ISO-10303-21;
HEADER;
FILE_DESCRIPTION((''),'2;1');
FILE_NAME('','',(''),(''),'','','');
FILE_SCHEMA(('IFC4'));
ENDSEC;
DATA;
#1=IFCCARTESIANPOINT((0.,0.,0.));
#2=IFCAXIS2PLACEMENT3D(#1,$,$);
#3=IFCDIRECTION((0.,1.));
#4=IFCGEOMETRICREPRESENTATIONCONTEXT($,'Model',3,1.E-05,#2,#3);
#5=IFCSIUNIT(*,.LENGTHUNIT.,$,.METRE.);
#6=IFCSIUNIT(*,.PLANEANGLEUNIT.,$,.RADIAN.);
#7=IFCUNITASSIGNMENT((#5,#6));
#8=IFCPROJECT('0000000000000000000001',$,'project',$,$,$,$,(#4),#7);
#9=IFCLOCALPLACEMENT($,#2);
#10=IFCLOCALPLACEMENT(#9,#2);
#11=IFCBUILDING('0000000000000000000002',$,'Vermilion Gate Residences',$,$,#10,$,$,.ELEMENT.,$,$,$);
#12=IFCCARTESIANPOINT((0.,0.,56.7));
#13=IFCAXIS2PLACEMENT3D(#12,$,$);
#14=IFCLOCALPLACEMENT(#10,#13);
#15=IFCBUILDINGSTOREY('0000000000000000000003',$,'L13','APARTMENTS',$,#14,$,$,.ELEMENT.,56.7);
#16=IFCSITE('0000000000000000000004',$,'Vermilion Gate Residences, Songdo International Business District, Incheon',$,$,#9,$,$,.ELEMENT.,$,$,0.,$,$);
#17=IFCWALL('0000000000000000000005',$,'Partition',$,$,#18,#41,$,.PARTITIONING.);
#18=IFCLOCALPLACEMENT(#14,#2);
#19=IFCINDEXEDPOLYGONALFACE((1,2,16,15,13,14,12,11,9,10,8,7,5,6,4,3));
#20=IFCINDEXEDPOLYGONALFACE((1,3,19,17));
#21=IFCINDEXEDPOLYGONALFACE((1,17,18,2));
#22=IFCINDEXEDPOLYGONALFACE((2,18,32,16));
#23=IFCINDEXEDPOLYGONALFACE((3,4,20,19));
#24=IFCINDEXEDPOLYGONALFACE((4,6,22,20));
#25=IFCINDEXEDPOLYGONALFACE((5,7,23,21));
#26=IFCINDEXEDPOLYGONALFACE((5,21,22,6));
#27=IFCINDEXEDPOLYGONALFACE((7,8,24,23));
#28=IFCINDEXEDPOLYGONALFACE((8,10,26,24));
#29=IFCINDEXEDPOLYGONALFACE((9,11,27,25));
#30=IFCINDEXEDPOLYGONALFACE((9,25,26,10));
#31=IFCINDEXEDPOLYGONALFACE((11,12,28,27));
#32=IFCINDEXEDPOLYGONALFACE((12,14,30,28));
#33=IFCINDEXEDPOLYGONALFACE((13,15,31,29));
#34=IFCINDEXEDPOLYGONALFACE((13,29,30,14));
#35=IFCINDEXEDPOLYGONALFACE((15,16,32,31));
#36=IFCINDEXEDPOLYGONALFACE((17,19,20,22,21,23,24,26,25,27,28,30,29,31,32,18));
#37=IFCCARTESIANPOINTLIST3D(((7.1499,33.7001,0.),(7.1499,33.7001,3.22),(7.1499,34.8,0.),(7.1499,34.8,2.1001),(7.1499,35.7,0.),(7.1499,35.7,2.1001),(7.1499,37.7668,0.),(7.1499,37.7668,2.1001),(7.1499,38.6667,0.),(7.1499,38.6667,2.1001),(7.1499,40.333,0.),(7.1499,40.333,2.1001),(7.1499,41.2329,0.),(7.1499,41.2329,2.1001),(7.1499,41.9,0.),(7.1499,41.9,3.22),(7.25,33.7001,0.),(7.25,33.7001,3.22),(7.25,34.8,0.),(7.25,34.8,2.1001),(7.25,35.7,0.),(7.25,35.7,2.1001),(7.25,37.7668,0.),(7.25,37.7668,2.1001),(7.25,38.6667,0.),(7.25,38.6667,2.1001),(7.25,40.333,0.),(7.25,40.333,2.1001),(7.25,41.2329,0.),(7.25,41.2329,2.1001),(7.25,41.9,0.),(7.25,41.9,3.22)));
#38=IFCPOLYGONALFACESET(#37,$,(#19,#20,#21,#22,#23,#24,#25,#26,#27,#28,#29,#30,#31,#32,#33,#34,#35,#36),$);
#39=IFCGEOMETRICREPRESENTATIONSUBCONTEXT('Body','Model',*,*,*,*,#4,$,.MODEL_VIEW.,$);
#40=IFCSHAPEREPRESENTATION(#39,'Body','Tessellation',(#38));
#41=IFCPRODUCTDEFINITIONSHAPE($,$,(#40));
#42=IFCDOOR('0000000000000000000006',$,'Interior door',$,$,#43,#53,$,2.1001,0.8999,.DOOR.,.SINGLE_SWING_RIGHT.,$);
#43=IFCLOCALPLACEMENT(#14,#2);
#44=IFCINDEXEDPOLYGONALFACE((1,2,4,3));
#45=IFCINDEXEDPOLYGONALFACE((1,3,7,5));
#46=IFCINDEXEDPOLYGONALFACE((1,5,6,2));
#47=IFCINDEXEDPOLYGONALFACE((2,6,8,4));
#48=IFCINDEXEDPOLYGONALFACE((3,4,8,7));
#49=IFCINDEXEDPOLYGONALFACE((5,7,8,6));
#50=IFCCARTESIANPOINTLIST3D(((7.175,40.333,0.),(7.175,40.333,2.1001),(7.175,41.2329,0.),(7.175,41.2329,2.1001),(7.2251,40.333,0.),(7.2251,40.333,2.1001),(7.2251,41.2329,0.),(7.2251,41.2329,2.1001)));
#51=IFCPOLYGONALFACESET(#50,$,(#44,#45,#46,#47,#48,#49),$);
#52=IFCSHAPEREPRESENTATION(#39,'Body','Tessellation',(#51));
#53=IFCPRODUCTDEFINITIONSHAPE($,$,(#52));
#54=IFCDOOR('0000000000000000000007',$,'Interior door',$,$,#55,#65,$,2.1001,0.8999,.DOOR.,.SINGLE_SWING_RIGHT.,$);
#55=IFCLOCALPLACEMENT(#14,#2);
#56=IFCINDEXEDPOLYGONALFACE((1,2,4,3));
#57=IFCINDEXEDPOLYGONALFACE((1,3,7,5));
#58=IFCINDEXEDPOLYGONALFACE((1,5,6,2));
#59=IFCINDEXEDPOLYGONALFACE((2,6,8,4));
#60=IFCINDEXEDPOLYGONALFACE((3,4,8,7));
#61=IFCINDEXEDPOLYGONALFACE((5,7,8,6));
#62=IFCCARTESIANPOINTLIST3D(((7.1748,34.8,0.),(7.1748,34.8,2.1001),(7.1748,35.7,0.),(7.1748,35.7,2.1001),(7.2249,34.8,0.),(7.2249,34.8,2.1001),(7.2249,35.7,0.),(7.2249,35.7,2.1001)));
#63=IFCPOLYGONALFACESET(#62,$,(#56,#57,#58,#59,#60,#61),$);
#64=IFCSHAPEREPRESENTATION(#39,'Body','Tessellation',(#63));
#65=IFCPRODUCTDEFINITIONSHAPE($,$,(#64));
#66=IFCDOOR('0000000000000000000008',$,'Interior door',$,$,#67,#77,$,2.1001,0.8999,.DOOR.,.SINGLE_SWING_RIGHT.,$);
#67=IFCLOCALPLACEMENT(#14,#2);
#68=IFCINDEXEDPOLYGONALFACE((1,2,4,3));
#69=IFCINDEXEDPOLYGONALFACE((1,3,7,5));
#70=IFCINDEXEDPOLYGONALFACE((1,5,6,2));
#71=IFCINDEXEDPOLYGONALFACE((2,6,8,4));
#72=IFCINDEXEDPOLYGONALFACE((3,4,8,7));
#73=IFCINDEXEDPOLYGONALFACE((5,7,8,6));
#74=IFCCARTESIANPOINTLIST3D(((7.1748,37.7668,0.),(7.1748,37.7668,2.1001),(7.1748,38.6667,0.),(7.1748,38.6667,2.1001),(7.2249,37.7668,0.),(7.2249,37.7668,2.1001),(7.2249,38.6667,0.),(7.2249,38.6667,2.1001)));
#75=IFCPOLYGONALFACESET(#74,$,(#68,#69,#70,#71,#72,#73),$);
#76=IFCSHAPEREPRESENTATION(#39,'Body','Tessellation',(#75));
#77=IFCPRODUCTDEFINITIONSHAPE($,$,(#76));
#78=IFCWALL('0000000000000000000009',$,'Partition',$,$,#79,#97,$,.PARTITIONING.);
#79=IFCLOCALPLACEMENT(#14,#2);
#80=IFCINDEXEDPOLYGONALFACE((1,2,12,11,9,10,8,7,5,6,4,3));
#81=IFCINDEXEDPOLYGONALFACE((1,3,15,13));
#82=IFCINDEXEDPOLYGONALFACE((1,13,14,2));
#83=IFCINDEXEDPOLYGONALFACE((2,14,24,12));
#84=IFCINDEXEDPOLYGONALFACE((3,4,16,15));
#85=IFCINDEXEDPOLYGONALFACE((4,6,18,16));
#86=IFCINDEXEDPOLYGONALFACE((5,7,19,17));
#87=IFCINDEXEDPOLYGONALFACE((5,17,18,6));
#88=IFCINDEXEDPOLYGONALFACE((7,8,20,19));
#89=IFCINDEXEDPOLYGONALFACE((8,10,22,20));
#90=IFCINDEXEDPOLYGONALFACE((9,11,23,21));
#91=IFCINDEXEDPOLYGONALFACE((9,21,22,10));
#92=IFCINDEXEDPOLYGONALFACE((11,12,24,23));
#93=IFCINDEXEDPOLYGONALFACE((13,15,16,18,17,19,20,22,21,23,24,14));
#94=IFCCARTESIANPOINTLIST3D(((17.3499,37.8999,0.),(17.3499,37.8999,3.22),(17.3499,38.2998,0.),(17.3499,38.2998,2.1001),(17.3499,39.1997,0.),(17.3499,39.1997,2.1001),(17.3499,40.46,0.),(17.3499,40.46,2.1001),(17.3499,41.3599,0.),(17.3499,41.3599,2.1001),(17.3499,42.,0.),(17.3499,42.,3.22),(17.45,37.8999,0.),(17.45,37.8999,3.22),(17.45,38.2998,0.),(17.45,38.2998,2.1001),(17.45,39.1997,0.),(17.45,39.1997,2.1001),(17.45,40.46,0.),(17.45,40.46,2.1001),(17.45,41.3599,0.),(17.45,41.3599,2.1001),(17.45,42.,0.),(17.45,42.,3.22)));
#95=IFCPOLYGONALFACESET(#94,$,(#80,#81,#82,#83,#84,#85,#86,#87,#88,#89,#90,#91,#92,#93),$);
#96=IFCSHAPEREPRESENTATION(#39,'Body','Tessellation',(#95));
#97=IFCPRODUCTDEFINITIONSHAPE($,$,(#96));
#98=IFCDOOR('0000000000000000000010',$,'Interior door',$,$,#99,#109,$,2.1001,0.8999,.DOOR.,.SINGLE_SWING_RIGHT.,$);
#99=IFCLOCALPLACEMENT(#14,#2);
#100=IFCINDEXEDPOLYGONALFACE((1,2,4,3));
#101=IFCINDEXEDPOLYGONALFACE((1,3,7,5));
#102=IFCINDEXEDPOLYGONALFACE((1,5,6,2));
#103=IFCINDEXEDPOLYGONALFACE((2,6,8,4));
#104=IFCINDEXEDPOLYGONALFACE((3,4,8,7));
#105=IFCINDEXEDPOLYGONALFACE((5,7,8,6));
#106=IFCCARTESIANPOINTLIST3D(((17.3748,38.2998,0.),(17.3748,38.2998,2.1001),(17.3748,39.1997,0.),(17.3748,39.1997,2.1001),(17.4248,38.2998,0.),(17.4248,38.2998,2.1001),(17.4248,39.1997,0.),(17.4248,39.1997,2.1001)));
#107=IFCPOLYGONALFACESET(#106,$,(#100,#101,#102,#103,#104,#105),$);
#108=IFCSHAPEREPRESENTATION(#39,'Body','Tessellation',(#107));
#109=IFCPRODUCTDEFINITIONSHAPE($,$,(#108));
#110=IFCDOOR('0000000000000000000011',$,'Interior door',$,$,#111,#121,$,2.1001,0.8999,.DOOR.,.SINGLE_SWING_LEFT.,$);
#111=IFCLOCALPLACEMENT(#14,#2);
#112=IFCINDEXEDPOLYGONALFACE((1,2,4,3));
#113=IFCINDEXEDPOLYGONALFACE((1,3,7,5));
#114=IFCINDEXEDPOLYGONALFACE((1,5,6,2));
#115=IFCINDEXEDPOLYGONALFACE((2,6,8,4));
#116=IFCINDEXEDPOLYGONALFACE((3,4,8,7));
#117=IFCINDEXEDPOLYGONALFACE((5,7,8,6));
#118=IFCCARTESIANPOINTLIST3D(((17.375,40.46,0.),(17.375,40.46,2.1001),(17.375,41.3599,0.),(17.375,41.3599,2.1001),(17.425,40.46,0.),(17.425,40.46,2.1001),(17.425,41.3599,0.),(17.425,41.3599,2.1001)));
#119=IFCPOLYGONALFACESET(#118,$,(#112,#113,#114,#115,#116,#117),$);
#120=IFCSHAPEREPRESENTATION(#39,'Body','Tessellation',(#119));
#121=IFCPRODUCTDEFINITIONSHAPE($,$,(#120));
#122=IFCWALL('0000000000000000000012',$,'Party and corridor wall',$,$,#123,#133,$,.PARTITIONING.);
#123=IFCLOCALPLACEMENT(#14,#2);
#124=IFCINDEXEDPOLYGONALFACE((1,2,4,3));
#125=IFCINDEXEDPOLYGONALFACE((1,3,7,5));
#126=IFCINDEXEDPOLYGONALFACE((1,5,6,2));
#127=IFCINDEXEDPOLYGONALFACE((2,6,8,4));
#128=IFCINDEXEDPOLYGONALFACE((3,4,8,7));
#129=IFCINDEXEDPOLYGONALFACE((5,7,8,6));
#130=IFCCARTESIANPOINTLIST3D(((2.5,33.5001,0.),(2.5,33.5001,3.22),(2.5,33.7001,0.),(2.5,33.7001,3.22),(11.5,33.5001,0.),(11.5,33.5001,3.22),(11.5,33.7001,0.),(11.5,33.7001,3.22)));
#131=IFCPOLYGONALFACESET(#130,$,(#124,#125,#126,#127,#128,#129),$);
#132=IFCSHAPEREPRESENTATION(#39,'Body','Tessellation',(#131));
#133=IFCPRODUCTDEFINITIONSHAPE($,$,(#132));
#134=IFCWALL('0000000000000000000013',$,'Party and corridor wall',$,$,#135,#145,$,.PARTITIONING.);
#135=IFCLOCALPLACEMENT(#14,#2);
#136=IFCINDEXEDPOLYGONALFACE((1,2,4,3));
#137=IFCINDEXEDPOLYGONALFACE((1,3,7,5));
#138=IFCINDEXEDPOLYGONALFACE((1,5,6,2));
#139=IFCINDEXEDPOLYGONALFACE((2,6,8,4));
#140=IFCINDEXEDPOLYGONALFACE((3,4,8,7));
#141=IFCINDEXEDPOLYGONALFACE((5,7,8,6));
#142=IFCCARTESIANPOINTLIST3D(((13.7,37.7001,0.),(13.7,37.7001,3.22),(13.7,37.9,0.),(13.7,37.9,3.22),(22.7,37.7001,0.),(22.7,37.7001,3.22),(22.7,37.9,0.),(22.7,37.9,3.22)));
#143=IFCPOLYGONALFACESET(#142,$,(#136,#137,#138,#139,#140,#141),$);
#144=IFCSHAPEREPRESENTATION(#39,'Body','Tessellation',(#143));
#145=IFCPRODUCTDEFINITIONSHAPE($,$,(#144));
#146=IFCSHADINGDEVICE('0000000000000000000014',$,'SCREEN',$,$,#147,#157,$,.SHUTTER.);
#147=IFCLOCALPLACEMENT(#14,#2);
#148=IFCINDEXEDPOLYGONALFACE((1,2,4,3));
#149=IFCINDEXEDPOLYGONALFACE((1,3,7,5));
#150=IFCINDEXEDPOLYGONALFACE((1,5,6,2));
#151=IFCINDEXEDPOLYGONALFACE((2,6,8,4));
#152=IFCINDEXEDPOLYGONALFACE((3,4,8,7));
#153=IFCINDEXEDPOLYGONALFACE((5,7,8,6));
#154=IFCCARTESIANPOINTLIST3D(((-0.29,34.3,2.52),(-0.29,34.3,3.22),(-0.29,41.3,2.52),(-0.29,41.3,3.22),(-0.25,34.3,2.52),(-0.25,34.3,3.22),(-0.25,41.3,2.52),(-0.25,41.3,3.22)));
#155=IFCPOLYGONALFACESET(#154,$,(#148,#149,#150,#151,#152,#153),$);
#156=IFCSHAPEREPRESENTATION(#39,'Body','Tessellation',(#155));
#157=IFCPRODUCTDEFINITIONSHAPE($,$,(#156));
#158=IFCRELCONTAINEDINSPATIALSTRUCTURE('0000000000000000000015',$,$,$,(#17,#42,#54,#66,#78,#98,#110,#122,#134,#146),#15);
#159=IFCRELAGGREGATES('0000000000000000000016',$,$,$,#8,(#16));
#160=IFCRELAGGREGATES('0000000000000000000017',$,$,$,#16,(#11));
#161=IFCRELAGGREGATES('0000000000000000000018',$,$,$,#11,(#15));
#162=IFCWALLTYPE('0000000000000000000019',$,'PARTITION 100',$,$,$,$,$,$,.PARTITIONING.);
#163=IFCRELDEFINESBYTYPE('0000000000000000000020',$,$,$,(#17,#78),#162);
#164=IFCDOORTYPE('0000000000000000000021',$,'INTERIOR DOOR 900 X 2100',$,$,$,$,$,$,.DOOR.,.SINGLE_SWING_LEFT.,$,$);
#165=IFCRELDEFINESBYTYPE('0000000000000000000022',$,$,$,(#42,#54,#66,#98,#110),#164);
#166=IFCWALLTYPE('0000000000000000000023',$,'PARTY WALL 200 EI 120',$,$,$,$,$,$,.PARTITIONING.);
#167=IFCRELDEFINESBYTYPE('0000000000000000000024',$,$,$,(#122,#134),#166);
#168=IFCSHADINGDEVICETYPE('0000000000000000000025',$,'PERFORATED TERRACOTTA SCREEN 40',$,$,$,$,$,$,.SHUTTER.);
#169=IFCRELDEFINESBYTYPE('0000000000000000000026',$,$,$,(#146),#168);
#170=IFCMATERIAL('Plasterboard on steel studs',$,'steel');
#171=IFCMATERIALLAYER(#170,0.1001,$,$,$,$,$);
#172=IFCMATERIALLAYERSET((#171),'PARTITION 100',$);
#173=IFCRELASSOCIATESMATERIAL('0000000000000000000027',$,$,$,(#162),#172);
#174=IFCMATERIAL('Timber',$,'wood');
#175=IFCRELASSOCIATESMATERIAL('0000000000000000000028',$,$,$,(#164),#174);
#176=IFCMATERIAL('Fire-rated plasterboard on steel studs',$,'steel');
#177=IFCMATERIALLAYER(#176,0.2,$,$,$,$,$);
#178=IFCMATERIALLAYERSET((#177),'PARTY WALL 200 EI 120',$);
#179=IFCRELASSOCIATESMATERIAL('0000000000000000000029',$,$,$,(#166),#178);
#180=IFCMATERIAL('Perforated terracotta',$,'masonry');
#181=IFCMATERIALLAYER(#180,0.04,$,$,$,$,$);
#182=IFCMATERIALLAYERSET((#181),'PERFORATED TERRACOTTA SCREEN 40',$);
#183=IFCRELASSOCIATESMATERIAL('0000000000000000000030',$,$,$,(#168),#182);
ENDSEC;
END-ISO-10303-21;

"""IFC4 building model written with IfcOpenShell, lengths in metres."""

from ifc_helpers import new_model, si_unit, direction, frame, frame_2d, origin, origin_2d, place, context, subcontext, project, spatial, rectangle, extrude, material, layer, layer_set, type_object, element, fill, save


model = new_model("IFC4")

# Units and contexts
model_context = context("Model", 3, precision=1e-05, world=origin(), true_north=direction((0.0, 1.0)))
body_context = subcontext(model_context, "Body", "Model", "MODEL_VIEW")
ifc_project = project(units=[si_unit("LENGTHUNIT", "METRE"), si_unit("PLANEANGLEUNIT", "RADIAN")], contexts=[model_context])

# Site, building, storey
site_placement = place(None, origin())
site = spatial("IfcSite", under=ifc_project, at=site_placement, Name="Vermilion Gate Residences, Songdo International Business District, Incheon", CompositionType="ELEMENT", RefElevation=0.0)
building_placement = place(site_placement, origin())
building = spatial("IfcBuilding", under=site, at=building_placement, Name="Vermilion Gate Residences", CompositionType="ELEMENT")
storey_placement = place(building_placement, frame((0.0, 0.0, 56.7)))
storey = spatial("IfcBuildingStorey", under=building, at=storey_placement, Name="L13", Description="APARTMENTS", CompositionType="ELEMENT", Elevation=56.7)

# Shared definitions
ifc_material_1 = material(Name="Plasterboard on steel studs", Category="steel")
ifc_layer_1 = layer(ifc_material_1, 0.1001)
ifc_layer_set_1 = layer_set([ifc_layer_1], Name="PARTITION 100")
wall_type_1 = type_object("IfcWallType", Name="PARTITION 100", PredefinedType="PARTITIONING", material=ifc_layer_set_1)

# Walls, openings, doors
wall_1_placement = place(storey_placement, frame((7.2, 33.7, 0.0), z_axis=(0.0, 0.0, 1.0), x_axis=(0.0, 1.0, 0.0)))
wall_1 = element("IfcWall", 1, at=wall_1_placement, inside=storey, type_object=wall_type_1, Name="Partition", PredefinedType="PARTITIONING", context=body_context, shape_type="SweptSolid", body=[
    extrude(rectangle(XDim=8.2, YDim=0.1001, at=frame_2d((4.1001, 0.0))), origin(), (0.0, 0.0, 1.0), 3.22),
])
opening_1_placement = place(wall_1_placement, frame((6.6331, 0.0, 0.0)))
opening_1 = element("IfcOpeningElement", 2, at=opening_1_placement, cuts=wall_1, PredefinedType="OPENING", context=body_context, shape_type="SweptSolid", body=[
    extrude(rectangle(XDim=0.8999, YDim=2.1001, at=frame_2d((0.45, 1.05))), frame((0.0, 0.0601, 0.0), z_axis=(0.0, -1.0, 0.0), x_axis=(1.0, 0.0, 0.0)), (0.0, 0.0, 1.0), 0.1201),
])
opening_2_placement = place(wall_1_placement, frame((1.1001, 0.0, 0.0)))
opening_2 = element("IfcOpeningElement", 3, at=opening_2_placement, cuts=wall_1, PredefinedType="OPENING", context=body_context, shape_type="SweptSolid", body=[
    extrude(rectangle(XDim=0.8999, YDim=2.1001, at=frame_2d((0.45, 1.05))), frame((0.0, 0.0601, 0.0), z_axis=(0.0, -1.0, 0.0), x_axis=(1.0, 0.0, 0.0)), (0.0, 0.0, 1.0), 0.1201),
])
opening_3_placement = place(wall_1_placement, frame((4.0669, 0.0, 0.0)))
opening_3 = element("IfcOpeningElement", 4, at=opening_3_placement, cuts=wall_1, PredefinedType="OPENING", context=body_context, shape_type="SweptSolid", body=[
    extrude(rectangle(XDim=0.8999, YDim=2.1001, at=frame_2d((0.45, 1.05))), frame((0.0, 0.0601, 0.0), z_axis=(0.0, -1.0, 0.0), x_axis=(1.0, 0.0, 0.0)), (0.0, 0.0, 1.0), 0.1201),
])
ifc_material_2 = material(Name="Timber", Category="wood")
door_type = type_object("IfcDoorType", Name="INTERIOR DOOR 900 X 2100", OperationType="SINGLE_SWING_LEFT", PredefinedType="DOOR", material=ifc_material_2)
door_1_placement = place(opening_1_placement, origin())
door_1 = element("IfcDoor", 5, at=door_1_placement, inside=storey, type_object=door_type, Name="Interior door", OperationType="SINGLE_SWING_RIGHT", OverallHeight=2.1001, OverallWidth=0.8999, PredefinedType="DOOR", context=body_context, shape_type="SweptSolid", body=[
    extrude(rectangle(XDim=0.8999, YDim=2.1001, at=frame_2d((0.45, 1.05))), frame((0.0, 0.0249, 0.0), z_axis=(0.0, -1.0, 0.0), x_axis=(1.0, 0.0, 0.0)), (0.0, 0.0, 1.0), 0.05),
])
fill(opening_1, door_1)
door_2_placement = place(opening_2_placement, frame((0.8999, 0.0, 0.0), z_axis=(0.0, 0.0, 1.0), x_axis=(-1.0, 0.0, 0.0)))
door_2 = element("IfcDoor", 6, at=door_2_placement, inside=storey, type_object=door_type, Name="Interior door", OperationType="SINGLE_SWING_RIGHT", OverallHeight=2.1001, OverallWidth=0.8999, PredefinedType="DOOR", context=body_context, shape_type="SweptSolid", body=[
    extrude(rectangle(XDim=0.8999, YDim=2.1001, at=frame_2d((0.45, 1.05))), frame((0.0, 0.0249, 0.0), z_axis=(0.0, -1.0, 0.0), x_axis=(1.0, 0.0, 0.0)), (0.0, 0.0, 1.0), 0.05),
])
fill(opening_2, door_2)
door_3_placement = place(opening_3_placement, frame((0.8999, 0.0, 0.0), z_axis=(0.0, 0.0, 1.0), x_axis=(-1.0, 0.0, 0.0)))
door_3 = element("IfcDoor", 7, at=door_3_placement, inside=storey, type_object=door_type, Name="Interior door", OperationType="SINGLE_SWING_RIGHT", OverallHeight=2.1001, OverallWidth=0.8999, PredefinedType="DOOR", context=body_context, shape_type="SweptSolid", body=[
    extrude(rectangle(XDim=0.8999, YDim=2.1001, at=frame_2d((0.45, 1.05))), frame((0.0, 0.0249, 0.0), z_axis=(0.0, -1.0, 0.0), x_axis=(1.0, 0.0, 0.0)), (0.0, 0.0, 1.0), 0.05),
])
fill(opening_3, door_3)
wall_2_placement = place(storey_placement, frame((17.3999, 37.8999, 0.0), z_axis=(0.0, 0.0, 1.0), x_axis=(0.0, 1.0, 0.0)))
wall_2 = element("IfcWall", 8, at=wall_2_placement, inside=storey, type_object=wall_type_1, Name="Partition", PredefinedType="PARTITIONING", context=body_context, shape_type="SweptSolid", body=[
    extrude(rectangle(XDim=4.1001, YDim=0.1001, at=frame_2d((2.05, 0.0))), origin(), (0.0, 0.0, 1.0), 3.22),
])
opening_4_placement = place(wall_2_placement, frame((0.3999, 0.0, 0.0)))
opening_4 = element("IfcOpeningElement", 9, at=opening_4_placement, cuts=wall_2, PredefinedType="OPENING", context=body_context, shape_type="SweptSolid", body=[
    extrude(rectangle(XDim=0.8999, YDim=2.1001, at=frame_2d((0.45, 1.05))), frame((0.0, 0.0601, 0.0), z_axis=(0.0, -1.0, 0.0), x_axis=(1.0, 0.0, 0.0)), (0.0, 0.0, 1.0), 0.1201),
])
opening_5_placement = place(wall_2_placement, frame((2.5601, 0.0, 0.0)))
opening_5 = element("IfcOpeningElement", 10, at=opening_5_placement, cuts=wall_2, PredefinedType="OPENING", context=body_context, shape_type="SweptSolid", body=[
    extrude(rectangle(XDim=0.8999, YDim=2.1001, at=frame_2d((0.45, 1.05))), frame((0.0, 0.0601, 0.0), z_axis=(0.0, -1.0, 0.0), x_axis=(1.0, 0.0, 0.0)), (0.0, 0.0, 1.0), 0.1201),
])
door_4_placement = place(opening_4_placement, frame((0.8999, 0.0, 0.0), z_axis=(0.0, 0.0, 1.0), x_axis=(-1.0, 0.0, 0.0)))
door_4 = element("IfcDoor", 11, at=door_4_placement, inside=storey, type_object=door_type, Name="Interior door", OperationType="SINGLE_SWING_RIGHT", OverallHeight=2.1001, OverallWidth=0.8999, PredefinedType="DOOR", context=body_context, shape_type="SweptSolid", body=[
    extrude(rectangle(XDim=0.8999, YDim=2.1001, at=frame_2d((0.45, 1.05))), frame((0.0, 0.0249, 0.0), z_axis=(0.0, -1.0, 0.0), x_axis=(1.0, 0.0, 0.0)), (0.0, 0.0, 1.0), 0.05),
])
fill(opening_4, door_4)
door_5_placement = place(opening_5_placement, origin())
door_5 = element("IfcDoor", 12, at=door_5_placement, inside=storey, type_object=door_type, Name="Interior door", OperationType="SINGLE_SWING_LEFT", OverallHeight=2.1001, OverallWidth=0.8999, PredefinedType="DOOR", context=body_context, shape_type="SweptSolid", body=[
    extrude(rectangle(XDim=0.8999, YDim=2.1001, at=frame_2d((0.45, 1.05))), frame((0.0, 0.0249, 0.0), z_axis=(0.0, -1.0, 0.0), x_axis=(1.0, 0.0, 0.0)), (0.0, 0.0, 1.0), 0.05),
])
fill(opening_5, door_5)

# Walls
ifc_material_3 = material(Name="Fire-rated plasterboard on steel studs", Category="steel")
ifc_layer_2 = layer(ifc_material_3, 0.2)
ifc_layer_set_2 = layer_set([ifc_layer_2], Name="PARTY WALL 200 EI 120")
wall_type_2 = type_object("IfcWallType", Name="PARTY WALL 200 EI 120", PredefinedType="PARTITIONING", material=ifc_layer_set_2)
for number, where, z_axis, x_axis, name in (
    (13, (2.5, 33.6001, 0.0), (0.0, 0.0, 1.0), (1.0, 0.0, 0.0), "Party and corridor wall"),
    (14, (13.7, 37.8, 0.0), (0.0, 0.0, 1.0), (1.0, 0.0, 0.0), "Party and corridor wall"),
):
    element("IfcWall", number, at=place(storey_placement, frame(where, z_axis=z_axis, x_axis=x_axis)), inside=storey, type_object=wall_type_2, Name=name, PredefinedType="PARTITIONING", context=body_context, shape_type="SweptSolid", body=[
        extrude(rectangle(XDim=9.0, YDim=0.2, at=frame_2d((4.5, 0.0))), origin(), (0.0, 0.0, 1.0), 3.22),
    ])

# Shading device
ifc_material_4 = material(Name="Perforated terracotta", Category="masonry")
ifc_layer_3 = layer(ifc_material_4, 0.04)
ifc_layer_set_3 = layer_set([ifc_layer_3], Name="PERFORATED TERRACOTTA SCREEN 40")
shading_device_type_1 = type_object("IfcShadingDeviceType", Name="PERFORATED TERRACOTTA SCREEN 40", PredefinedType="SHUTTER", material=ifc_layer_set_3)
shading_device_1_placement = place(storey_placement, frame((-0.27, 37.8, 2.52), z_axis=(0.0, 0.0, 1.0), x_axis=(0.0, -1.0, 0.0)))
element("IfcShadingDevice", 15, at=shading_device_1_placement, inside=storey, type_object=shading_device_type_1, Name="SCREEN", PredefinedType="SHUTTER", context=body_context, shape_type="SweptSolid", body=[
    extrude(rectangle(XDim=7.0, YDim=0.04, at=origin_2d()), origin(), (0.0, 0.0, 1.0), 0.7),
])

save(model, "model.ifc")
